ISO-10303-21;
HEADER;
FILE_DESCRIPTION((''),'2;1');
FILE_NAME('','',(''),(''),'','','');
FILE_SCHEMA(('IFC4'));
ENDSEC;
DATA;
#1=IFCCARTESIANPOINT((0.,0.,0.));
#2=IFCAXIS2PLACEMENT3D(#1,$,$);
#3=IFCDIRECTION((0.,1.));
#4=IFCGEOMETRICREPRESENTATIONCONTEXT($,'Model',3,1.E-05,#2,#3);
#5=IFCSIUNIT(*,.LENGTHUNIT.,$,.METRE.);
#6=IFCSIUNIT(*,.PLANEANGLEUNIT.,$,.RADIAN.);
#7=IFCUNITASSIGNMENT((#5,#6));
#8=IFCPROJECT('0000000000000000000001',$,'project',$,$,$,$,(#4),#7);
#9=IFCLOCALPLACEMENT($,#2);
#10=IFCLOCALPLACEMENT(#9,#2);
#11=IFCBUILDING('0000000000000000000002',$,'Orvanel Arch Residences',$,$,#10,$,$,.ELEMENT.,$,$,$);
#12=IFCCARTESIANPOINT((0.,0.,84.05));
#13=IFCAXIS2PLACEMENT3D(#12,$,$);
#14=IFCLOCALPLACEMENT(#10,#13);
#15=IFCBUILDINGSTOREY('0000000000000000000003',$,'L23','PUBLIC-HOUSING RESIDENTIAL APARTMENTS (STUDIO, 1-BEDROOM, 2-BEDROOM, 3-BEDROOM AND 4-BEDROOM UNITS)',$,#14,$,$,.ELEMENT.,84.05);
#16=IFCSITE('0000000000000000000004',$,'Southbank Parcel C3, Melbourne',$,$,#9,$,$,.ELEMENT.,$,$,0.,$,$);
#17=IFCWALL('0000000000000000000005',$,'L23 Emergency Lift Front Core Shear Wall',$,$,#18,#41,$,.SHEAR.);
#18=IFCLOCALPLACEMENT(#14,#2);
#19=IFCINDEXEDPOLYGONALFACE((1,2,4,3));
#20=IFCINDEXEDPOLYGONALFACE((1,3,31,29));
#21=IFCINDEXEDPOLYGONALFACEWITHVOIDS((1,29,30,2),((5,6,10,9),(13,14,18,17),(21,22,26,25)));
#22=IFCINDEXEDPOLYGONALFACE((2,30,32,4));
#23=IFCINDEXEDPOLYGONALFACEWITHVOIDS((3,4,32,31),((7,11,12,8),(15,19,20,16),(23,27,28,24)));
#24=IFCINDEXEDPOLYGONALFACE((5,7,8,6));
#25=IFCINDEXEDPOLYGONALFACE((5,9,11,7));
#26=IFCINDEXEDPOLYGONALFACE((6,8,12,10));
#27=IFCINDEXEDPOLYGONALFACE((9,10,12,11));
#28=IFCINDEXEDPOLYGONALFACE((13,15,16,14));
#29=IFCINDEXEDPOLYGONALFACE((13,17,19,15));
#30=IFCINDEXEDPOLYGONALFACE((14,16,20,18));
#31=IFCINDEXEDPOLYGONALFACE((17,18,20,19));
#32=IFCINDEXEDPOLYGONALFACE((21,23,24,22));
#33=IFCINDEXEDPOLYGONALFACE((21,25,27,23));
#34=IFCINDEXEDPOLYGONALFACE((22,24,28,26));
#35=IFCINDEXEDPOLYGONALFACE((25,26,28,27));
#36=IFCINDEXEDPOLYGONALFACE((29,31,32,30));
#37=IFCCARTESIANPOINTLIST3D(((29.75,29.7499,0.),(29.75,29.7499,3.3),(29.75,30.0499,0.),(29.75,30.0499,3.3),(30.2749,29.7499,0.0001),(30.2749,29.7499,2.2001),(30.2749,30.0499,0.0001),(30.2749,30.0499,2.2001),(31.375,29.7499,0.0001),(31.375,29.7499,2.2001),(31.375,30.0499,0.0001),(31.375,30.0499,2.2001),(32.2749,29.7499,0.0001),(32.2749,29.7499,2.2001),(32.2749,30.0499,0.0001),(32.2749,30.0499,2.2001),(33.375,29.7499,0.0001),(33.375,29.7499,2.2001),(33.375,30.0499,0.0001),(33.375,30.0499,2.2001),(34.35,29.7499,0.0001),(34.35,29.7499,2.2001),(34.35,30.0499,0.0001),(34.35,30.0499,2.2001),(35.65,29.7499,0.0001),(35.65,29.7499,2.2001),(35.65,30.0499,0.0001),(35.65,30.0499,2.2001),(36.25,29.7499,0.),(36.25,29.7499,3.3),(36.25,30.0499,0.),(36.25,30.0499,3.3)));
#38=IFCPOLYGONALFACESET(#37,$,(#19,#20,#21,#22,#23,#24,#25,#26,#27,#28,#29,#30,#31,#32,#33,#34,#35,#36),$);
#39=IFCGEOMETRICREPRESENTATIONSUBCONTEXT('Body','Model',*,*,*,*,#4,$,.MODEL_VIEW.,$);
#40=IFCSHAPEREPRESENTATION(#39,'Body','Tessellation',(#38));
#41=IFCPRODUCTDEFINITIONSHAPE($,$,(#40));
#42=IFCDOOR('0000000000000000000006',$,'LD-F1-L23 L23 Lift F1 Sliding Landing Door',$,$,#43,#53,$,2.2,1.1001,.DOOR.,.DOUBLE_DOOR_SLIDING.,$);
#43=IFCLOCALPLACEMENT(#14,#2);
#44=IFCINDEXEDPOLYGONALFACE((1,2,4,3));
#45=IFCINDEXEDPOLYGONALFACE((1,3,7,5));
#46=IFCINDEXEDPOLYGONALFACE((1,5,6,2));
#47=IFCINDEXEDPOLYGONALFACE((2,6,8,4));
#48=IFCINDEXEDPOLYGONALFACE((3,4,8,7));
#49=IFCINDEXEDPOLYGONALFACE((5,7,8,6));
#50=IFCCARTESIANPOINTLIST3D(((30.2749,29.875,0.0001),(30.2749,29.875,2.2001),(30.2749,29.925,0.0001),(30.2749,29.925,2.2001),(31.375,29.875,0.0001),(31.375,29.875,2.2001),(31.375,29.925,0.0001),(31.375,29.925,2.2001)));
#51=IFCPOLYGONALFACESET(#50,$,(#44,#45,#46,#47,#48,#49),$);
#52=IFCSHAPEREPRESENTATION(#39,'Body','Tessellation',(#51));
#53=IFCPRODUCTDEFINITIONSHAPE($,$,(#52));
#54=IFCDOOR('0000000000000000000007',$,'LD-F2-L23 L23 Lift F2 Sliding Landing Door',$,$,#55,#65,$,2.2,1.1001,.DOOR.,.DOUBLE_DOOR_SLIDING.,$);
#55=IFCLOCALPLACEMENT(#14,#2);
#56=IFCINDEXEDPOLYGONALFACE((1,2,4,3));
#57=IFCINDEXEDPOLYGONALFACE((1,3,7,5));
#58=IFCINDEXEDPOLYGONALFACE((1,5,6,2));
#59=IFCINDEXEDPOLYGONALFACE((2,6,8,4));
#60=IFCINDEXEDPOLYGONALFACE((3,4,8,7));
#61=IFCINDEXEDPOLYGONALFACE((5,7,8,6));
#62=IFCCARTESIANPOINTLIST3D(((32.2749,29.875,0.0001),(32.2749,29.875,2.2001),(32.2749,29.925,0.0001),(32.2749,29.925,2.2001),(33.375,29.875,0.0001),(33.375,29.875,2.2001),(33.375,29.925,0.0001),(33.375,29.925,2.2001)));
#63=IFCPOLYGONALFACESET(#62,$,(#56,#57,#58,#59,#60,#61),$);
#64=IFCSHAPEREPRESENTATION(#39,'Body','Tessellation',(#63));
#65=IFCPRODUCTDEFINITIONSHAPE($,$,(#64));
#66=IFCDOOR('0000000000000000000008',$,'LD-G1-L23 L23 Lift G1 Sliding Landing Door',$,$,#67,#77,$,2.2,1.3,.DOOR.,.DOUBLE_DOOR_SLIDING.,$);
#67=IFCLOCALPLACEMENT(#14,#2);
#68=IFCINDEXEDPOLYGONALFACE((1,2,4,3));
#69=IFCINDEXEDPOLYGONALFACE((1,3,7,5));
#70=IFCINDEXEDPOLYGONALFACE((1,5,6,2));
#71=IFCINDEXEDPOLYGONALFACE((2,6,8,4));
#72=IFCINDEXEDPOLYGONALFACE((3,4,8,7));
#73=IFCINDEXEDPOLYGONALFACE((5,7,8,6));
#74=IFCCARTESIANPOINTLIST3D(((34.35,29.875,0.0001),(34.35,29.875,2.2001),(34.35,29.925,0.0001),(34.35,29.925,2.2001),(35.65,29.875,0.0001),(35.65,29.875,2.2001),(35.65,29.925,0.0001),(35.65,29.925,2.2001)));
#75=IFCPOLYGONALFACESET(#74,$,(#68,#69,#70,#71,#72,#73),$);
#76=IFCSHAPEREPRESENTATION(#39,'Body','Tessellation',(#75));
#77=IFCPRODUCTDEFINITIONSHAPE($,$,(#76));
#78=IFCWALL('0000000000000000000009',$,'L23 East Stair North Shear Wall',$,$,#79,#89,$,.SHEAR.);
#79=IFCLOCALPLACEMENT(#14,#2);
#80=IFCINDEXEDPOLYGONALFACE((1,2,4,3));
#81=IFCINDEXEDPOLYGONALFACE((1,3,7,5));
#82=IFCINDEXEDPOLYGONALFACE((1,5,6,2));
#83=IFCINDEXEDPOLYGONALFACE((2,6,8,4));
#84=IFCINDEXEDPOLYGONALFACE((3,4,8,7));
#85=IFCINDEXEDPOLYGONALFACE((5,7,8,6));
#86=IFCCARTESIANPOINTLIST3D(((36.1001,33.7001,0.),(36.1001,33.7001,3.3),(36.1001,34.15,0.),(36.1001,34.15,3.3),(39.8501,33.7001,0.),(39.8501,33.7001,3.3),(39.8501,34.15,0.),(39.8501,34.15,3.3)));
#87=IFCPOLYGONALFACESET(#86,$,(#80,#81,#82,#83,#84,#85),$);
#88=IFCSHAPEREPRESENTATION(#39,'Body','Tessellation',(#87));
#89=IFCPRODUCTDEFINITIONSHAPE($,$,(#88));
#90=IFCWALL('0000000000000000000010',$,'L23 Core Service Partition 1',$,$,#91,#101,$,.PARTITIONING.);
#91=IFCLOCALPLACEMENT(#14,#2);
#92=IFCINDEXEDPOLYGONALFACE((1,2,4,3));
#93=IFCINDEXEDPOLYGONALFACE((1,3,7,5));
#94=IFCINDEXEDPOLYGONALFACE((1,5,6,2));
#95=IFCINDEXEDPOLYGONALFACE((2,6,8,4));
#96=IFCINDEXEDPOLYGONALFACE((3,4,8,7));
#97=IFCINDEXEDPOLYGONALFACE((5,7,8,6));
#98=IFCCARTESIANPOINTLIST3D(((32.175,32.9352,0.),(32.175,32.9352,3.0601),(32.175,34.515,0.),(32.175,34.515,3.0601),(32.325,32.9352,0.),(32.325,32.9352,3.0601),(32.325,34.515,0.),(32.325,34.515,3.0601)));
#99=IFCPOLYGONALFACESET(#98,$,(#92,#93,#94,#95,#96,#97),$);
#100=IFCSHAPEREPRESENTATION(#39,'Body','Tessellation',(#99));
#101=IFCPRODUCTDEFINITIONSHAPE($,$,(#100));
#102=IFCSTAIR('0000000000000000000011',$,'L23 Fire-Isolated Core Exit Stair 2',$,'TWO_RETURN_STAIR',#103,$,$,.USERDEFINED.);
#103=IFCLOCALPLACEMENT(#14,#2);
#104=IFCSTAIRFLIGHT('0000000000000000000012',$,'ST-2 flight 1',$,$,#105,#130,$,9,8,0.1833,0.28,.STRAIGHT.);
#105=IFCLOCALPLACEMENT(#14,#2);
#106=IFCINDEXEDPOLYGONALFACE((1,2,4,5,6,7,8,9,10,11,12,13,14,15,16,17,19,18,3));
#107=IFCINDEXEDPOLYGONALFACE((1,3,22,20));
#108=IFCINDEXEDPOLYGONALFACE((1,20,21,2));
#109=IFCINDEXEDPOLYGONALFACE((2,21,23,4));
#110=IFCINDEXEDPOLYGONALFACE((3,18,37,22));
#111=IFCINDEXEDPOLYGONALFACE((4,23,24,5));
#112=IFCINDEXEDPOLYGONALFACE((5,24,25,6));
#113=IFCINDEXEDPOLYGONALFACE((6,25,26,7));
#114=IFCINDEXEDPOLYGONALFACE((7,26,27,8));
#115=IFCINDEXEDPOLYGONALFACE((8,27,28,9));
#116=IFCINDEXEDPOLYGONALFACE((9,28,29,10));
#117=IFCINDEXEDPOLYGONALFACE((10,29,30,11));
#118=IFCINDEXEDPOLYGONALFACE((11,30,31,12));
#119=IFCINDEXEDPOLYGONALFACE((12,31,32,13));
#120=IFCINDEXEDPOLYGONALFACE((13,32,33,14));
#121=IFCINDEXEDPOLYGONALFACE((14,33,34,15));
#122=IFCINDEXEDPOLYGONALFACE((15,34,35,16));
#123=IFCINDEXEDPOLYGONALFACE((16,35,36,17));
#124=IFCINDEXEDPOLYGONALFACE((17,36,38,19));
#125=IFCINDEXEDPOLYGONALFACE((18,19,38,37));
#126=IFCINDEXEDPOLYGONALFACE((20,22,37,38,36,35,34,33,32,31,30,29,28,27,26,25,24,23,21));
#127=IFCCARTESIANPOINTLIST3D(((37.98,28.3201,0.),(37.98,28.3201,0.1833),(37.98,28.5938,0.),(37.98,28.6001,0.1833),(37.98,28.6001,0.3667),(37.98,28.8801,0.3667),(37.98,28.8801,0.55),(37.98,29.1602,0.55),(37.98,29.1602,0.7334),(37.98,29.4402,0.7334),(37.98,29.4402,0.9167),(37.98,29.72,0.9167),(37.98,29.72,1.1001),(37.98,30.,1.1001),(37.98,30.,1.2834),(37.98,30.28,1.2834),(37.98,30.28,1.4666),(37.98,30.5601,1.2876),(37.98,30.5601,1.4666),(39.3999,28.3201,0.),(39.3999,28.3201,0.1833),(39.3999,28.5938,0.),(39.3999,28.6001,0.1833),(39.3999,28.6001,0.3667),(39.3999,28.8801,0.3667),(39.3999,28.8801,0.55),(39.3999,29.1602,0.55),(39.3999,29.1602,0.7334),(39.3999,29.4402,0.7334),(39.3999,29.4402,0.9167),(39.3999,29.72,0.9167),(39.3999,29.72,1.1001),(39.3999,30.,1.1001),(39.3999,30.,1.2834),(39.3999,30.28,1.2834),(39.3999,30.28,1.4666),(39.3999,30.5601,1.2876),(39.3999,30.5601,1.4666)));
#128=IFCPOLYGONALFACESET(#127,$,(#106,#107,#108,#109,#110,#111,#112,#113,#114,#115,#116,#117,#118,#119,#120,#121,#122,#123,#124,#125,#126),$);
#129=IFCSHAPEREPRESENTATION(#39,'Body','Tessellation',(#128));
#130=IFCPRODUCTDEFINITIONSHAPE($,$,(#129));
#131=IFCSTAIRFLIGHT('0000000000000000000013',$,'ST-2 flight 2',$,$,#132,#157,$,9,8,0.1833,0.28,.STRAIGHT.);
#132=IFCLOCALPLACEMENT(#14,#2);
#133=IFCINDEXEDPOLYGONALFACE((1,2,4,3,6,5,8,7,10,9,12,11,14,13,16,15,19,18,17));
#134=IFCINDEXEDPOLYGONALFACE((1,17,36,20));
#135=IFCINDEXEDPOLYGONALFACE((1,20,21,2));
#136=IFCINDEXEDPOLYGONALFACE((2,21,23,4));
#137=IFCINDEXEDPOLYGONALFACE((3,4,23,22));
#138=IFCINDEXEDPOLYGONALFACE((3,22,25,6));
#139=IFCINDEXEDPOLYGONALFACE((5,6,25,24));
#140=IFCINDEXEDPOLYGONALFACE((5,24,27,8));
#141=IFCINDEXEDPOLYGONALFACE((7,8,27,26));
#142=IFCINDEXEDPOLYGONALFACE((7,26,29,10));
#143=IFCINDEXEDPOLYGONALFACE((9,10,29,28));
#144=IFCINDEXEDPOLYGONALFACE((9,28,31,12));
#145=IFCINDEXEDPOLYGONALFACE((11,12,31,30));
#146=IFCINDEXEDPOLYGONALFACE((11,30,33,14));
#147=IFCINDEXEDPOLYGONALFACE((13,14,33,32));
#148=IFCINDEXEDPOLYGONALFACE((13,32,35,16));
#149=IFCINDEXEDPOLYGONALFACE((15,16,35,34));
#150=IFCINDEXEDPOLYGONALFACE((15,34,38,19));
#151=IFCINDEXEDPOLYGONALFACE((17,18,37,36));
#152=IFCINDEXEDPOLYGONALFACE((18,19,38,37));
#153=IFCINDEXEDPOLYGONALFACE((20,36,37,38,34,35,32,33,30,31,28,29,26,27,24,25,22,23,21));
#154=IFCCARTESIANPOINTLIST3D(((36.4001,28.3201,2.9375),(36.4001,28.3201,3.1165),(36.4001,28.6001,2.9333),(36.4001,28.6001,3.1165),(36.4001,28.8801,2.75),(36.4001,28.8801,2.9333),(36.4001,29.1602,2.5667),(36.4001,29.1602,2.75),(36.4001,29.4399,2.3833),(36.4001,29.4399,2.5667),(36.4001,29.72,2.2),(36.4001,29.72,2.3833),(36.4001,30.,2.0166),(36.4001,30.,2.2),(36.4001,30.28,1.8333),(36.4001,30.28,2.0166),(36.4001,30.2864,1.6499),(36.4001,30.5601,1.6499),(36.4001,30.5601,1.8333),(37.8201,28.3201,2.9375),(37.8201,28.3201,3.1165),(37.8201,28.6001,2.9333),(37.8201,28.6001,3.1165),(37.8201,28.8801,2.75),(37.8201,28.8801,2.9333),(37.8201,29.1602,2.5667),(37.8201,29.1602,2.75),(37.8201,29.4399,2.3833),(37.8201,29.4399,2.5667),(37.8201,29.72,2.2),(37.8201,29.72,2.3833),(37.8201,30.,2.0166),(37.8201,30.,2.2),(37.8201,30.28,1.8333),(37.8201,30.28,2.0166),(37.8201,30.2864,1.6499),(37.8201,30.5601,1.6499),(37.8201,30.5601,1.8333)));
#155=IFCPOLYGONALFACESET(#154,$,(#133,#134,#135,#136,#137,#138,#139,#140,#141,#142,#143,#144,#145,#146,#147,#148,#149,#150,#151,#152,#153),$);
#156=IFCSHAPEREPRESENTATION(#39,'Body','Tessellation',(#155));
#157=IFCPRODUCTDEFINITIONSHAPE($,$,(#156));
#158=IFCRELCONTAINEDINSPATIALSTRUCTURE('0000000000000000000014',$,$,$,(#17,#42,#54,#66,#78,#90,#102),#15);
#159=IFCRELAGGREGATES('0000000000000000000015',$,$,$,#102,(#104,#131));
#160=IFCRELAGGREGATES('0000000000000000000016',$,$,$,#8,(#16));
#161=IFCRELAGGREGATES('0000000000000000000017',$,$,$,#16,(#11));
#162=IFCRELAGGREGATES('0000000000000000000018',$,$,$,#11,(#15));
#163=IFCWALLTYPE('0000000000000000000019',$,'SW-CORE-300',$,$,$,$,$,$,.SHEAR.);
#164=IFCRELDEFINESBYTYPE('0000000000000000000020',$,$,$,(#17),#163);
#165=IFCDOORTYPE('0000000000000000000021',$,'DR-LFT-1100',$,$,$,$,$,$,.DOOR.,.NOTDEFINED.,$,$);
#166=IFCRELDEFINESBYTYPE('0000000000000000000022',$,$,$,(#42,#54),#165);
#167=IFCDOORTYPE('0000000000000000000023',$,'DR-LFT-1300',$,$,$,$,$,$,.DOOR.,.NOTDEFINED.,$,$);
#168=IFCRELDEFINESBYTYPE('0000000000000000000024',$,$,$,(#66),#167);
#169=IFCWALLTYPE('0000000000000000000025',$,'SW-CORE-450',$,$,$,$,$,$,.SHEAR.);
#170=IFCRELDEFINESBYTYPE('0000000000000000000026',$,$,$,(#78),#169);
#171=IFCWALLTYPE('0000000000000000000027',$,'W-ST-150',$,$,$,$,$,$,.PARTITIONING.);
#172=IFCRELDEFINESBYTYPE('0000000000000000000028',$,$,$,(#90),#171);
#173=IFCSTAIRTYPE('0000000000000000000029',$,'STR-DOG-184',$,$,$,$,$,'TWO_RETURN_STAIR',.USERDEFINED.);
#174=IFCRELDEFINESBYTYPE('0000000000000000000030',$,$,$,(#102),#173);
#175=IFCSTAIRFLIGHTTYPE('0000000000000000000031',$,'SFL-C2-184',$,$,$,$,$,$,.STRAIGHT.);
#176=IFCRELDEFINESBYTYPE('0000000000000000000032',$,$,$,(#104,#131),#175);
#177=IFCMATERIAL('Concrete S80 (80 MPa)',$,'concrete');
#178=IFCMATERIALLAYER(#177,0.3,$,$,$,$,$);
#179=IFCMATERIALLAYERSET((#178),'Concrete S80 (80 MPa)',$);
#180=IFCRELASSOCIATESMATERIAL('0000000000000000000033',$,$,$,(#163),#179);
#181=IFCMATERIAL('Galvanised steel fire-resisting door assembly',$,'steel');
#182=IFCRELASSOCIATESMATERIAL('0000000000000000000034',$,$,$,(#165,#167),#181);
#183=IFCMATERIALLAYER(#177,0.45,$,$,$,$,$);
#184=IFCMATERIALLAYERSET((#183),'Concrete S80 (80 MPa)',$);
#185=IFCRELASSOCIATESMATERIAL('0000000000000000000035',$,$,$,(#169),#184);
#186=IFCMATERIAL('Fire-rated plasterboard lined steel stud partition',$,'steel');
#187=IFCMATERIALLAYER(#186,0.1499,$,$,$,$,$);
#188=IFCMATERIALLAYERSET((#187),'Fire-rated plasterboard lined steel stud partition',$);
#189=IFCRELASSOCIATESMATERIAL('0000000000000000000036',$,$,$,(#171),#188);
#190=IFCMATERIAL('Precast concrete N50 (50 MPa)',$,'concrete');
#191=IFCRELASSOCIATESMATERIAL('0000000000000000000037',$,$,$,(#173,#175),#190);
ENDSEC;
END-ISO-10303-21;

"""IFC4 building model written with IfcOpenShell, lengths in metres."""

from ifc_helpers import new_model, si_unit, direction, frame, frame_2d, origin, place, context, subcontext, project, spatial, polyline, rectangle, outline, extrude, material, layer, layer_set, type_object, element, fill, aggregate, save


model = new_model("IFC4")

# Units and contexts
model_context = context("Model", 3, precision=1e-05, world=origin(), true_north=direction((0.0, 1.0)))
body_context = subcontext(model_context, "Body", "Model", "MODEL_VIEW")
ifc_project = project(units=[si_unit("LENGTHUNIT", "METRE"), si_unit("PLANEANGLEUNIT", "RADIAN")], contexts=[model_context])

# Site, building, storey
site_placement = place(None, origin())
site = spatial("IfcSite", under=ifc_project, at=site_placement, Name="Southbank Parcel C3, Melbourne", CompositionType="ELEMENT", RefElevation=0.0)
building_placement = place(site_placement, origin())
building = spatial("IfcBuilding", under=site, at=building_placement, Name="Orvanel Arch Residences", CompositionType="ELEMENT")
storey_placement = place(building_placement, frame((0.0, 0.0, 84.05)))
storey = spatial("IfcBuildingStorey", under=building, at=storey_placement, Name="L23", Description="PUBLIC-HOUSING RESIDENTIAL APARTMENTS (STUDIO, 1-BEDROOM, 2-BEDROOM, 3-BEDROOM AND 4-BEDROOM UNITS)", CompositionType="ELEMENT", Elevation=84.05)

# Wall, openings, doors
ifc_material_1 = material(Name="Concrete S80 (80 MPa)", Category="concrete")
ifc_layer_1 = layer(ifc_material_1, 0.3)
ifc_layer_set_1 = layer_set([ifc_layer_1], Name="Concrete S80 (80 MPa)")
wall_type_1 = type_object("IfcWallType", Name="SW-CORE-300", PredefinedType="SHEAR", material=ifc_layer_set_1)
wall_1_placement = place(storey_placement, frame((36.25, 29.8999, 0.0), z_axis=(0.0, 0.0, 1.0), x_axis=(-1.0, 0.0, 0.0)))
wall_1 = element("IfcWall", 1, at=wall_1_placement, inside=storey, type_object=wall_type_1, Name="L23 Emergency Lift Front Core Shear Wall", PredefinedType="SHEAR", context=body_context, shape_type="SweptSolid", body=[
    extrude(rectangle(XDim=6.5, YDim=0.3, at=frame_2d((3.25, 0.0))), origin(), (0.0, 0.0, 1.0), 3.3),
])
opening_1_placement = place(wall_1_placement, frame((4.875, 0.0, 0.0)))
opening_1 = element("IfcOpeningElement", 2, at=opening_1_placement, cuts=wall_1, PredefinedType="OPENING", context=body_context, shape_type="SweptSolid", body=[
    extrude(rectangle(XDim=1.1001, YDim=2.2, at=frame_2d((0.55, 1.1001))), frame((0.0, 0.1599, 0.0), z_axis=(0.0, -1.0, 0.0), x_axis=(1.0, 0.0, 0.0)), (0.0, 0.0, 1.0), 0.3201),
])
opening_2_placement = place(wall_1_placement, frame((2.875, 0.0, 0.0)))
opening_2 = element("IfcOpeningElement", 3, at=opening_2_placement, cuts=wall_1, PredefinedType="OPENING", context=body_context, shape_type="SweptSolid", body=[
    extrude(rectangle(XDim=1.1001, YDim=2.2, at=frame_2d((0.55, 1.1001))), frame((0.0, 0.1599, 0.0), z_axis=(0.0, -1.0, 0.0), x_axis=(1.0, 0.0, 0.0)), (0.0, 0.0, 1.0), 0.3201),
])
opening_3_placement = place(wall_1_placement, frame((0.6001, 0.0, 0.0)))
opening_3 = element("IfcOpeningElement", 4, at=opening_3_placement, cuts=wall_1, PredefinedType="OPENING", context=body_context, shape_type="SweptSolid", body=[
    extrude(rectangle(XDim=1.3, YDim=2.2, at=frame_2d((0.6499, 1.1001))), frame((0.0, 0.1599, 0.0), z_axis=(0.0, -1.0, 0.0), x_axis=(1.0, 0.0, 0.0)), (0.0, 0.0, 1.0), 0.3201),
])
ifc_material_2 = material(Name="Galvanised steel fire-resisting door assembly", Category="steel")
door_type_1 = type_object("IfcDoorType", Name="DR-LFT-1100", OperationType="NOTDEFINED", PredefinedType="DOOR", material=ifc_material_2)
door_1_placement = place(opening_1_placement, origin())
door_1 = element("IfcDoor", 5, at=door_1_placement, inside=storey, type_object=door_type_1, Name="LD-F1-L23 L23 Lift F1 Sliding Landing Door", OperationType="DOUBLE_DOOR_SLIDING", OverallHeight=2.2, OverallWidth=1.1001, PredefinedType="DOOR", context=body_context, shape_type="SweptSolid", body=[
    extrude(rectangle(XDim=1.1001, YDim=2.2, at=frame_2d((0.55, 1.1001))), frame((0.0, 0.0249, 0.0), z_axis=(0.0, -1.0, 0.0), x_axis=(1.0, 0.0, 0.0)), (0.0, 0.0, 1.0), 0.05),
])
fill(opening_1, door_1)
door_2_placement = place(opening_2_placement, origin())
door_2 = element("IfcDoor", 6, at=door_2_placement, inside=storey, type_object=door_type_1, Name="LD-F2-L23 L23 Lift F2 Sliding Landing Door", OperationType="DOUBLE_DOOR_SLIDING", OverallHeight=2.2, OverallWidth=1.1001, PredefinedType="DOOR", context=body_context, shape_type="SweptSolid", body=[
    extrude(rectangle(XDim=1.1001, YDim=2.2, at=frame_2d((0.55, 1.1001))), frame((0.0, 0.0249, 0.0), z_axis=(0.0, -1.0, 0.0), x_axis=(1.0, 0.0, 0.0)), (0.0, 0.0, 1.0), 0.05),
])
fill(opening_2, door_2)
door_type_2 = type_object("IfcDoorType", Name="DR-LFT-1300", OperationType="NOTDEFINED", PredefinedType="DOOR", material=ifc_material_2)
door_3_placement = place(opening_3_placement, origin())
door_3 = element("IfcDoor", 7, at=door_3_placement, inside=storey, type_object=door_type_2, Name="LD-G1-L23 L23 Lift G1 Sliding Landing Door", OperationType="DOUBLE_DOOR_SLIDING", OverallHeight=2.2, OverallWidth=1.3, PredefinedType="DOOR", context=body_context, shape_type="SweptSolid", body=[
    extrude(rectangle(XDim=1.3, YDim=2.2, at=frame_2d((0.6499, 1.1001))), frame((0.0, 0.0249, 0.0), z_axis=(0.0, -1.0, 0.0), x_axis=(1.0, 0.0, 0.0)), (0.0, 0.0, 1.0), 0.05),
])
fill(opening_3, door_3)

# Walls
ifc_layer_2 = layer(ifc_material_1, 0.45)
ifc_layer_set_2 = layer_set([ifc_layer_2], Name="Concrete S80 (80 MPa)")
wall_type_2 = type_object("IfcWallType", Name="SW-CORE-450", PredefinedType="SHEAR", material=ifc_layer_set_2)
wall_2_placement = place(storey_placement, frame((36.1001, 33.925, 0.0), z_axis=(0.0, 0.0, 1.0), x_axis=(1.0, 0.0, 0.0)))
element("IfcWall", 8, at=wall_2_placement, inside=storey, type_object=wall_type_2, Name="L23 East Stair North Shear Wall", PredefinedType="SHEAR", context=body_context, shape_type="SweptSolid", body=[
    extrude(rectangle(XDim=3.75, YDim=0.45, at=frame_2d((1.875, 0.0))), origin(), (0.0, 0.0, 1.0), 3.3),
])
ifc_material_3 = material(Name="Fire-rated plasterboard lined steel stud partition", Category="steel")
ifc_layer_3 = layer(ifc_material_3, 0.1499)
ifc_layer_set_3 = layer_set([ifc_layer_3], Name="Fire-rated plasterboard lined steel stud partition")
wall_type_3 = type_object("IfcWallType", Name="W-ST-150", PredefinedType="PARTITIONING", material=ifc_layer_set_3)
wall_3_placement = place(storey_placement, frame((32.25, 32.9351, 0.0), z_axis=(0.0, 0.0, 1.0), x_axis=(0.0, 1.0, 0.0)))
element("IfcWall", 9, at=wall_3_placement, inside=storey, type_object=wall_type_3, Name="L23 Core Service Partition 1", PredefinedType="PARTITIONING", context=body_context, shape_type="SweptSolid", body=[
    extrude(rectangle(XDim=1.5798, YDim=0.1499, at=frame_2d((0.79, 0.0))), origin(), (0.0, 0.0, 1.0), 3.0601),
])

# Stair, stair flights
ifc_material_4 = material(Name="Precast concrete N50 (50 MPa)", Category="concrete")
stair_type = type_object("IfcStairType", Name="STR-DOG-184", ElementType="TWO_RETURN_STAIR", PredefinedType="USERDEFINED", material=ifc_material_4)
stair_placement = place(storey_placement, origin())
stair = element("IfcStair", 10, at=stair_placement, inside=storey, type_object=stair_type, Name="L23 Fire-Isolated Core Exit Stair 2", ObjectType="TWO_RETURN_STAIR", PredefinedType="USERDEFINED")
stair_flight_type = type_object("IfcStairFlightType", Name="SFL-C2-184", PredefinedType="STRAIGHT", material=ifc_material_4)
stair_flight_1_placement = place(storey_placement, frame((38.6899, 28.3201, 0.0), z_axis=(0.0, 0.0, 1.0), x_axis=(0.0, 1.0, 0.0)))
stair_flight_1 = element("IfcStairFlight", 11, at=stair_flight_1_placement, type_object=stair_flight_type, Name="ST-2 flight 1", NumberOfRisers=9, NumberOfTreads=8, PredefinedType="STRAIGHT", RiserHeight=0.1833, TreadLength=0.28, context=body_context, shape_type="SweptSolid", body=[
    extrude(outline(polyline([(0.0, 0.0), (0.0, 0.1833), (0.28, 0.1833), (0.28, 0.3667), (0.5601, 0.3667), (0.5601, 0.55), (0.8401, 0.55), (0.8401, 0.7334), (1.1201, 0.7334), (1.1201, 0.9167), (1.3999, 0.9167), (1.3999, 1.1001), (1.6799, 1.1001), (1.6799, 1.2834), (1.96, 1.2834), (1.96, 1.4666), (2.24, 1.4666), (2.24, 1.6499), (2.24, 1.2876), (0.2737, 0.0), (0.0, 0.0)])), frame((0.0, 0.71, 0.0), z_axis=(0.0, -1.0, 0.0), x_axis=(1.0, 0.0, 0.0)), (0.0, 0.0, 1.0), 1.4199),
])
stair_flight_2_placement = place(storey_placement, frame((37.1101, 30.5601, 1.6499), z_axis=(0.0, 0.0, 1.0), x_axis=(0.0, -1.0, 0.0)))
stair_flight_2 = element("IfcStairFlight", 12, at=stair_flight_2_placement, type_object=stair_flight_type, Name="ST-2 flight 2", NumberOfRisers=9, NumberOfTreads=8, PredefinedType="STRAIGHT", RiserHeight=0.1833, TreadLength=0.28, context=body_context, shape_type="SweptSolid", body=[
    extrude(outline(polyline([(0.0, 0.0), (0.0, 0.1833), (0.28, 0.1833), (0.28, 0.3667), (0.5601, 0.3667), (0.5601, 0.55), (0.8401, 0.55), (0.8401, 0.7334), (1.1201, 0.7334), (1.1201, 0.9167), (1.3999, 0.9167), (1.3999, 1.1001), (1.6799, 1.1001), (1.6799, 1.2834), (1.96, 1.2834), (1.96, 1.4666), (2.24, 1.4666), (2.24, 1.6499), (2.24, 1.2876), (0.2737, 0.0), (0.0, 0.0)])), frame((0.0, 0.71, 0.0), z_axis=(0.0, -1.0, 0.0), x_axis=(1.0, 0.0, 0.0)), (0.0, 0.0, 1.0), 1.4199),
])
aggregate(stair, [stair_flight_1, stair_flight_2])

save(model, "model.ifc")
